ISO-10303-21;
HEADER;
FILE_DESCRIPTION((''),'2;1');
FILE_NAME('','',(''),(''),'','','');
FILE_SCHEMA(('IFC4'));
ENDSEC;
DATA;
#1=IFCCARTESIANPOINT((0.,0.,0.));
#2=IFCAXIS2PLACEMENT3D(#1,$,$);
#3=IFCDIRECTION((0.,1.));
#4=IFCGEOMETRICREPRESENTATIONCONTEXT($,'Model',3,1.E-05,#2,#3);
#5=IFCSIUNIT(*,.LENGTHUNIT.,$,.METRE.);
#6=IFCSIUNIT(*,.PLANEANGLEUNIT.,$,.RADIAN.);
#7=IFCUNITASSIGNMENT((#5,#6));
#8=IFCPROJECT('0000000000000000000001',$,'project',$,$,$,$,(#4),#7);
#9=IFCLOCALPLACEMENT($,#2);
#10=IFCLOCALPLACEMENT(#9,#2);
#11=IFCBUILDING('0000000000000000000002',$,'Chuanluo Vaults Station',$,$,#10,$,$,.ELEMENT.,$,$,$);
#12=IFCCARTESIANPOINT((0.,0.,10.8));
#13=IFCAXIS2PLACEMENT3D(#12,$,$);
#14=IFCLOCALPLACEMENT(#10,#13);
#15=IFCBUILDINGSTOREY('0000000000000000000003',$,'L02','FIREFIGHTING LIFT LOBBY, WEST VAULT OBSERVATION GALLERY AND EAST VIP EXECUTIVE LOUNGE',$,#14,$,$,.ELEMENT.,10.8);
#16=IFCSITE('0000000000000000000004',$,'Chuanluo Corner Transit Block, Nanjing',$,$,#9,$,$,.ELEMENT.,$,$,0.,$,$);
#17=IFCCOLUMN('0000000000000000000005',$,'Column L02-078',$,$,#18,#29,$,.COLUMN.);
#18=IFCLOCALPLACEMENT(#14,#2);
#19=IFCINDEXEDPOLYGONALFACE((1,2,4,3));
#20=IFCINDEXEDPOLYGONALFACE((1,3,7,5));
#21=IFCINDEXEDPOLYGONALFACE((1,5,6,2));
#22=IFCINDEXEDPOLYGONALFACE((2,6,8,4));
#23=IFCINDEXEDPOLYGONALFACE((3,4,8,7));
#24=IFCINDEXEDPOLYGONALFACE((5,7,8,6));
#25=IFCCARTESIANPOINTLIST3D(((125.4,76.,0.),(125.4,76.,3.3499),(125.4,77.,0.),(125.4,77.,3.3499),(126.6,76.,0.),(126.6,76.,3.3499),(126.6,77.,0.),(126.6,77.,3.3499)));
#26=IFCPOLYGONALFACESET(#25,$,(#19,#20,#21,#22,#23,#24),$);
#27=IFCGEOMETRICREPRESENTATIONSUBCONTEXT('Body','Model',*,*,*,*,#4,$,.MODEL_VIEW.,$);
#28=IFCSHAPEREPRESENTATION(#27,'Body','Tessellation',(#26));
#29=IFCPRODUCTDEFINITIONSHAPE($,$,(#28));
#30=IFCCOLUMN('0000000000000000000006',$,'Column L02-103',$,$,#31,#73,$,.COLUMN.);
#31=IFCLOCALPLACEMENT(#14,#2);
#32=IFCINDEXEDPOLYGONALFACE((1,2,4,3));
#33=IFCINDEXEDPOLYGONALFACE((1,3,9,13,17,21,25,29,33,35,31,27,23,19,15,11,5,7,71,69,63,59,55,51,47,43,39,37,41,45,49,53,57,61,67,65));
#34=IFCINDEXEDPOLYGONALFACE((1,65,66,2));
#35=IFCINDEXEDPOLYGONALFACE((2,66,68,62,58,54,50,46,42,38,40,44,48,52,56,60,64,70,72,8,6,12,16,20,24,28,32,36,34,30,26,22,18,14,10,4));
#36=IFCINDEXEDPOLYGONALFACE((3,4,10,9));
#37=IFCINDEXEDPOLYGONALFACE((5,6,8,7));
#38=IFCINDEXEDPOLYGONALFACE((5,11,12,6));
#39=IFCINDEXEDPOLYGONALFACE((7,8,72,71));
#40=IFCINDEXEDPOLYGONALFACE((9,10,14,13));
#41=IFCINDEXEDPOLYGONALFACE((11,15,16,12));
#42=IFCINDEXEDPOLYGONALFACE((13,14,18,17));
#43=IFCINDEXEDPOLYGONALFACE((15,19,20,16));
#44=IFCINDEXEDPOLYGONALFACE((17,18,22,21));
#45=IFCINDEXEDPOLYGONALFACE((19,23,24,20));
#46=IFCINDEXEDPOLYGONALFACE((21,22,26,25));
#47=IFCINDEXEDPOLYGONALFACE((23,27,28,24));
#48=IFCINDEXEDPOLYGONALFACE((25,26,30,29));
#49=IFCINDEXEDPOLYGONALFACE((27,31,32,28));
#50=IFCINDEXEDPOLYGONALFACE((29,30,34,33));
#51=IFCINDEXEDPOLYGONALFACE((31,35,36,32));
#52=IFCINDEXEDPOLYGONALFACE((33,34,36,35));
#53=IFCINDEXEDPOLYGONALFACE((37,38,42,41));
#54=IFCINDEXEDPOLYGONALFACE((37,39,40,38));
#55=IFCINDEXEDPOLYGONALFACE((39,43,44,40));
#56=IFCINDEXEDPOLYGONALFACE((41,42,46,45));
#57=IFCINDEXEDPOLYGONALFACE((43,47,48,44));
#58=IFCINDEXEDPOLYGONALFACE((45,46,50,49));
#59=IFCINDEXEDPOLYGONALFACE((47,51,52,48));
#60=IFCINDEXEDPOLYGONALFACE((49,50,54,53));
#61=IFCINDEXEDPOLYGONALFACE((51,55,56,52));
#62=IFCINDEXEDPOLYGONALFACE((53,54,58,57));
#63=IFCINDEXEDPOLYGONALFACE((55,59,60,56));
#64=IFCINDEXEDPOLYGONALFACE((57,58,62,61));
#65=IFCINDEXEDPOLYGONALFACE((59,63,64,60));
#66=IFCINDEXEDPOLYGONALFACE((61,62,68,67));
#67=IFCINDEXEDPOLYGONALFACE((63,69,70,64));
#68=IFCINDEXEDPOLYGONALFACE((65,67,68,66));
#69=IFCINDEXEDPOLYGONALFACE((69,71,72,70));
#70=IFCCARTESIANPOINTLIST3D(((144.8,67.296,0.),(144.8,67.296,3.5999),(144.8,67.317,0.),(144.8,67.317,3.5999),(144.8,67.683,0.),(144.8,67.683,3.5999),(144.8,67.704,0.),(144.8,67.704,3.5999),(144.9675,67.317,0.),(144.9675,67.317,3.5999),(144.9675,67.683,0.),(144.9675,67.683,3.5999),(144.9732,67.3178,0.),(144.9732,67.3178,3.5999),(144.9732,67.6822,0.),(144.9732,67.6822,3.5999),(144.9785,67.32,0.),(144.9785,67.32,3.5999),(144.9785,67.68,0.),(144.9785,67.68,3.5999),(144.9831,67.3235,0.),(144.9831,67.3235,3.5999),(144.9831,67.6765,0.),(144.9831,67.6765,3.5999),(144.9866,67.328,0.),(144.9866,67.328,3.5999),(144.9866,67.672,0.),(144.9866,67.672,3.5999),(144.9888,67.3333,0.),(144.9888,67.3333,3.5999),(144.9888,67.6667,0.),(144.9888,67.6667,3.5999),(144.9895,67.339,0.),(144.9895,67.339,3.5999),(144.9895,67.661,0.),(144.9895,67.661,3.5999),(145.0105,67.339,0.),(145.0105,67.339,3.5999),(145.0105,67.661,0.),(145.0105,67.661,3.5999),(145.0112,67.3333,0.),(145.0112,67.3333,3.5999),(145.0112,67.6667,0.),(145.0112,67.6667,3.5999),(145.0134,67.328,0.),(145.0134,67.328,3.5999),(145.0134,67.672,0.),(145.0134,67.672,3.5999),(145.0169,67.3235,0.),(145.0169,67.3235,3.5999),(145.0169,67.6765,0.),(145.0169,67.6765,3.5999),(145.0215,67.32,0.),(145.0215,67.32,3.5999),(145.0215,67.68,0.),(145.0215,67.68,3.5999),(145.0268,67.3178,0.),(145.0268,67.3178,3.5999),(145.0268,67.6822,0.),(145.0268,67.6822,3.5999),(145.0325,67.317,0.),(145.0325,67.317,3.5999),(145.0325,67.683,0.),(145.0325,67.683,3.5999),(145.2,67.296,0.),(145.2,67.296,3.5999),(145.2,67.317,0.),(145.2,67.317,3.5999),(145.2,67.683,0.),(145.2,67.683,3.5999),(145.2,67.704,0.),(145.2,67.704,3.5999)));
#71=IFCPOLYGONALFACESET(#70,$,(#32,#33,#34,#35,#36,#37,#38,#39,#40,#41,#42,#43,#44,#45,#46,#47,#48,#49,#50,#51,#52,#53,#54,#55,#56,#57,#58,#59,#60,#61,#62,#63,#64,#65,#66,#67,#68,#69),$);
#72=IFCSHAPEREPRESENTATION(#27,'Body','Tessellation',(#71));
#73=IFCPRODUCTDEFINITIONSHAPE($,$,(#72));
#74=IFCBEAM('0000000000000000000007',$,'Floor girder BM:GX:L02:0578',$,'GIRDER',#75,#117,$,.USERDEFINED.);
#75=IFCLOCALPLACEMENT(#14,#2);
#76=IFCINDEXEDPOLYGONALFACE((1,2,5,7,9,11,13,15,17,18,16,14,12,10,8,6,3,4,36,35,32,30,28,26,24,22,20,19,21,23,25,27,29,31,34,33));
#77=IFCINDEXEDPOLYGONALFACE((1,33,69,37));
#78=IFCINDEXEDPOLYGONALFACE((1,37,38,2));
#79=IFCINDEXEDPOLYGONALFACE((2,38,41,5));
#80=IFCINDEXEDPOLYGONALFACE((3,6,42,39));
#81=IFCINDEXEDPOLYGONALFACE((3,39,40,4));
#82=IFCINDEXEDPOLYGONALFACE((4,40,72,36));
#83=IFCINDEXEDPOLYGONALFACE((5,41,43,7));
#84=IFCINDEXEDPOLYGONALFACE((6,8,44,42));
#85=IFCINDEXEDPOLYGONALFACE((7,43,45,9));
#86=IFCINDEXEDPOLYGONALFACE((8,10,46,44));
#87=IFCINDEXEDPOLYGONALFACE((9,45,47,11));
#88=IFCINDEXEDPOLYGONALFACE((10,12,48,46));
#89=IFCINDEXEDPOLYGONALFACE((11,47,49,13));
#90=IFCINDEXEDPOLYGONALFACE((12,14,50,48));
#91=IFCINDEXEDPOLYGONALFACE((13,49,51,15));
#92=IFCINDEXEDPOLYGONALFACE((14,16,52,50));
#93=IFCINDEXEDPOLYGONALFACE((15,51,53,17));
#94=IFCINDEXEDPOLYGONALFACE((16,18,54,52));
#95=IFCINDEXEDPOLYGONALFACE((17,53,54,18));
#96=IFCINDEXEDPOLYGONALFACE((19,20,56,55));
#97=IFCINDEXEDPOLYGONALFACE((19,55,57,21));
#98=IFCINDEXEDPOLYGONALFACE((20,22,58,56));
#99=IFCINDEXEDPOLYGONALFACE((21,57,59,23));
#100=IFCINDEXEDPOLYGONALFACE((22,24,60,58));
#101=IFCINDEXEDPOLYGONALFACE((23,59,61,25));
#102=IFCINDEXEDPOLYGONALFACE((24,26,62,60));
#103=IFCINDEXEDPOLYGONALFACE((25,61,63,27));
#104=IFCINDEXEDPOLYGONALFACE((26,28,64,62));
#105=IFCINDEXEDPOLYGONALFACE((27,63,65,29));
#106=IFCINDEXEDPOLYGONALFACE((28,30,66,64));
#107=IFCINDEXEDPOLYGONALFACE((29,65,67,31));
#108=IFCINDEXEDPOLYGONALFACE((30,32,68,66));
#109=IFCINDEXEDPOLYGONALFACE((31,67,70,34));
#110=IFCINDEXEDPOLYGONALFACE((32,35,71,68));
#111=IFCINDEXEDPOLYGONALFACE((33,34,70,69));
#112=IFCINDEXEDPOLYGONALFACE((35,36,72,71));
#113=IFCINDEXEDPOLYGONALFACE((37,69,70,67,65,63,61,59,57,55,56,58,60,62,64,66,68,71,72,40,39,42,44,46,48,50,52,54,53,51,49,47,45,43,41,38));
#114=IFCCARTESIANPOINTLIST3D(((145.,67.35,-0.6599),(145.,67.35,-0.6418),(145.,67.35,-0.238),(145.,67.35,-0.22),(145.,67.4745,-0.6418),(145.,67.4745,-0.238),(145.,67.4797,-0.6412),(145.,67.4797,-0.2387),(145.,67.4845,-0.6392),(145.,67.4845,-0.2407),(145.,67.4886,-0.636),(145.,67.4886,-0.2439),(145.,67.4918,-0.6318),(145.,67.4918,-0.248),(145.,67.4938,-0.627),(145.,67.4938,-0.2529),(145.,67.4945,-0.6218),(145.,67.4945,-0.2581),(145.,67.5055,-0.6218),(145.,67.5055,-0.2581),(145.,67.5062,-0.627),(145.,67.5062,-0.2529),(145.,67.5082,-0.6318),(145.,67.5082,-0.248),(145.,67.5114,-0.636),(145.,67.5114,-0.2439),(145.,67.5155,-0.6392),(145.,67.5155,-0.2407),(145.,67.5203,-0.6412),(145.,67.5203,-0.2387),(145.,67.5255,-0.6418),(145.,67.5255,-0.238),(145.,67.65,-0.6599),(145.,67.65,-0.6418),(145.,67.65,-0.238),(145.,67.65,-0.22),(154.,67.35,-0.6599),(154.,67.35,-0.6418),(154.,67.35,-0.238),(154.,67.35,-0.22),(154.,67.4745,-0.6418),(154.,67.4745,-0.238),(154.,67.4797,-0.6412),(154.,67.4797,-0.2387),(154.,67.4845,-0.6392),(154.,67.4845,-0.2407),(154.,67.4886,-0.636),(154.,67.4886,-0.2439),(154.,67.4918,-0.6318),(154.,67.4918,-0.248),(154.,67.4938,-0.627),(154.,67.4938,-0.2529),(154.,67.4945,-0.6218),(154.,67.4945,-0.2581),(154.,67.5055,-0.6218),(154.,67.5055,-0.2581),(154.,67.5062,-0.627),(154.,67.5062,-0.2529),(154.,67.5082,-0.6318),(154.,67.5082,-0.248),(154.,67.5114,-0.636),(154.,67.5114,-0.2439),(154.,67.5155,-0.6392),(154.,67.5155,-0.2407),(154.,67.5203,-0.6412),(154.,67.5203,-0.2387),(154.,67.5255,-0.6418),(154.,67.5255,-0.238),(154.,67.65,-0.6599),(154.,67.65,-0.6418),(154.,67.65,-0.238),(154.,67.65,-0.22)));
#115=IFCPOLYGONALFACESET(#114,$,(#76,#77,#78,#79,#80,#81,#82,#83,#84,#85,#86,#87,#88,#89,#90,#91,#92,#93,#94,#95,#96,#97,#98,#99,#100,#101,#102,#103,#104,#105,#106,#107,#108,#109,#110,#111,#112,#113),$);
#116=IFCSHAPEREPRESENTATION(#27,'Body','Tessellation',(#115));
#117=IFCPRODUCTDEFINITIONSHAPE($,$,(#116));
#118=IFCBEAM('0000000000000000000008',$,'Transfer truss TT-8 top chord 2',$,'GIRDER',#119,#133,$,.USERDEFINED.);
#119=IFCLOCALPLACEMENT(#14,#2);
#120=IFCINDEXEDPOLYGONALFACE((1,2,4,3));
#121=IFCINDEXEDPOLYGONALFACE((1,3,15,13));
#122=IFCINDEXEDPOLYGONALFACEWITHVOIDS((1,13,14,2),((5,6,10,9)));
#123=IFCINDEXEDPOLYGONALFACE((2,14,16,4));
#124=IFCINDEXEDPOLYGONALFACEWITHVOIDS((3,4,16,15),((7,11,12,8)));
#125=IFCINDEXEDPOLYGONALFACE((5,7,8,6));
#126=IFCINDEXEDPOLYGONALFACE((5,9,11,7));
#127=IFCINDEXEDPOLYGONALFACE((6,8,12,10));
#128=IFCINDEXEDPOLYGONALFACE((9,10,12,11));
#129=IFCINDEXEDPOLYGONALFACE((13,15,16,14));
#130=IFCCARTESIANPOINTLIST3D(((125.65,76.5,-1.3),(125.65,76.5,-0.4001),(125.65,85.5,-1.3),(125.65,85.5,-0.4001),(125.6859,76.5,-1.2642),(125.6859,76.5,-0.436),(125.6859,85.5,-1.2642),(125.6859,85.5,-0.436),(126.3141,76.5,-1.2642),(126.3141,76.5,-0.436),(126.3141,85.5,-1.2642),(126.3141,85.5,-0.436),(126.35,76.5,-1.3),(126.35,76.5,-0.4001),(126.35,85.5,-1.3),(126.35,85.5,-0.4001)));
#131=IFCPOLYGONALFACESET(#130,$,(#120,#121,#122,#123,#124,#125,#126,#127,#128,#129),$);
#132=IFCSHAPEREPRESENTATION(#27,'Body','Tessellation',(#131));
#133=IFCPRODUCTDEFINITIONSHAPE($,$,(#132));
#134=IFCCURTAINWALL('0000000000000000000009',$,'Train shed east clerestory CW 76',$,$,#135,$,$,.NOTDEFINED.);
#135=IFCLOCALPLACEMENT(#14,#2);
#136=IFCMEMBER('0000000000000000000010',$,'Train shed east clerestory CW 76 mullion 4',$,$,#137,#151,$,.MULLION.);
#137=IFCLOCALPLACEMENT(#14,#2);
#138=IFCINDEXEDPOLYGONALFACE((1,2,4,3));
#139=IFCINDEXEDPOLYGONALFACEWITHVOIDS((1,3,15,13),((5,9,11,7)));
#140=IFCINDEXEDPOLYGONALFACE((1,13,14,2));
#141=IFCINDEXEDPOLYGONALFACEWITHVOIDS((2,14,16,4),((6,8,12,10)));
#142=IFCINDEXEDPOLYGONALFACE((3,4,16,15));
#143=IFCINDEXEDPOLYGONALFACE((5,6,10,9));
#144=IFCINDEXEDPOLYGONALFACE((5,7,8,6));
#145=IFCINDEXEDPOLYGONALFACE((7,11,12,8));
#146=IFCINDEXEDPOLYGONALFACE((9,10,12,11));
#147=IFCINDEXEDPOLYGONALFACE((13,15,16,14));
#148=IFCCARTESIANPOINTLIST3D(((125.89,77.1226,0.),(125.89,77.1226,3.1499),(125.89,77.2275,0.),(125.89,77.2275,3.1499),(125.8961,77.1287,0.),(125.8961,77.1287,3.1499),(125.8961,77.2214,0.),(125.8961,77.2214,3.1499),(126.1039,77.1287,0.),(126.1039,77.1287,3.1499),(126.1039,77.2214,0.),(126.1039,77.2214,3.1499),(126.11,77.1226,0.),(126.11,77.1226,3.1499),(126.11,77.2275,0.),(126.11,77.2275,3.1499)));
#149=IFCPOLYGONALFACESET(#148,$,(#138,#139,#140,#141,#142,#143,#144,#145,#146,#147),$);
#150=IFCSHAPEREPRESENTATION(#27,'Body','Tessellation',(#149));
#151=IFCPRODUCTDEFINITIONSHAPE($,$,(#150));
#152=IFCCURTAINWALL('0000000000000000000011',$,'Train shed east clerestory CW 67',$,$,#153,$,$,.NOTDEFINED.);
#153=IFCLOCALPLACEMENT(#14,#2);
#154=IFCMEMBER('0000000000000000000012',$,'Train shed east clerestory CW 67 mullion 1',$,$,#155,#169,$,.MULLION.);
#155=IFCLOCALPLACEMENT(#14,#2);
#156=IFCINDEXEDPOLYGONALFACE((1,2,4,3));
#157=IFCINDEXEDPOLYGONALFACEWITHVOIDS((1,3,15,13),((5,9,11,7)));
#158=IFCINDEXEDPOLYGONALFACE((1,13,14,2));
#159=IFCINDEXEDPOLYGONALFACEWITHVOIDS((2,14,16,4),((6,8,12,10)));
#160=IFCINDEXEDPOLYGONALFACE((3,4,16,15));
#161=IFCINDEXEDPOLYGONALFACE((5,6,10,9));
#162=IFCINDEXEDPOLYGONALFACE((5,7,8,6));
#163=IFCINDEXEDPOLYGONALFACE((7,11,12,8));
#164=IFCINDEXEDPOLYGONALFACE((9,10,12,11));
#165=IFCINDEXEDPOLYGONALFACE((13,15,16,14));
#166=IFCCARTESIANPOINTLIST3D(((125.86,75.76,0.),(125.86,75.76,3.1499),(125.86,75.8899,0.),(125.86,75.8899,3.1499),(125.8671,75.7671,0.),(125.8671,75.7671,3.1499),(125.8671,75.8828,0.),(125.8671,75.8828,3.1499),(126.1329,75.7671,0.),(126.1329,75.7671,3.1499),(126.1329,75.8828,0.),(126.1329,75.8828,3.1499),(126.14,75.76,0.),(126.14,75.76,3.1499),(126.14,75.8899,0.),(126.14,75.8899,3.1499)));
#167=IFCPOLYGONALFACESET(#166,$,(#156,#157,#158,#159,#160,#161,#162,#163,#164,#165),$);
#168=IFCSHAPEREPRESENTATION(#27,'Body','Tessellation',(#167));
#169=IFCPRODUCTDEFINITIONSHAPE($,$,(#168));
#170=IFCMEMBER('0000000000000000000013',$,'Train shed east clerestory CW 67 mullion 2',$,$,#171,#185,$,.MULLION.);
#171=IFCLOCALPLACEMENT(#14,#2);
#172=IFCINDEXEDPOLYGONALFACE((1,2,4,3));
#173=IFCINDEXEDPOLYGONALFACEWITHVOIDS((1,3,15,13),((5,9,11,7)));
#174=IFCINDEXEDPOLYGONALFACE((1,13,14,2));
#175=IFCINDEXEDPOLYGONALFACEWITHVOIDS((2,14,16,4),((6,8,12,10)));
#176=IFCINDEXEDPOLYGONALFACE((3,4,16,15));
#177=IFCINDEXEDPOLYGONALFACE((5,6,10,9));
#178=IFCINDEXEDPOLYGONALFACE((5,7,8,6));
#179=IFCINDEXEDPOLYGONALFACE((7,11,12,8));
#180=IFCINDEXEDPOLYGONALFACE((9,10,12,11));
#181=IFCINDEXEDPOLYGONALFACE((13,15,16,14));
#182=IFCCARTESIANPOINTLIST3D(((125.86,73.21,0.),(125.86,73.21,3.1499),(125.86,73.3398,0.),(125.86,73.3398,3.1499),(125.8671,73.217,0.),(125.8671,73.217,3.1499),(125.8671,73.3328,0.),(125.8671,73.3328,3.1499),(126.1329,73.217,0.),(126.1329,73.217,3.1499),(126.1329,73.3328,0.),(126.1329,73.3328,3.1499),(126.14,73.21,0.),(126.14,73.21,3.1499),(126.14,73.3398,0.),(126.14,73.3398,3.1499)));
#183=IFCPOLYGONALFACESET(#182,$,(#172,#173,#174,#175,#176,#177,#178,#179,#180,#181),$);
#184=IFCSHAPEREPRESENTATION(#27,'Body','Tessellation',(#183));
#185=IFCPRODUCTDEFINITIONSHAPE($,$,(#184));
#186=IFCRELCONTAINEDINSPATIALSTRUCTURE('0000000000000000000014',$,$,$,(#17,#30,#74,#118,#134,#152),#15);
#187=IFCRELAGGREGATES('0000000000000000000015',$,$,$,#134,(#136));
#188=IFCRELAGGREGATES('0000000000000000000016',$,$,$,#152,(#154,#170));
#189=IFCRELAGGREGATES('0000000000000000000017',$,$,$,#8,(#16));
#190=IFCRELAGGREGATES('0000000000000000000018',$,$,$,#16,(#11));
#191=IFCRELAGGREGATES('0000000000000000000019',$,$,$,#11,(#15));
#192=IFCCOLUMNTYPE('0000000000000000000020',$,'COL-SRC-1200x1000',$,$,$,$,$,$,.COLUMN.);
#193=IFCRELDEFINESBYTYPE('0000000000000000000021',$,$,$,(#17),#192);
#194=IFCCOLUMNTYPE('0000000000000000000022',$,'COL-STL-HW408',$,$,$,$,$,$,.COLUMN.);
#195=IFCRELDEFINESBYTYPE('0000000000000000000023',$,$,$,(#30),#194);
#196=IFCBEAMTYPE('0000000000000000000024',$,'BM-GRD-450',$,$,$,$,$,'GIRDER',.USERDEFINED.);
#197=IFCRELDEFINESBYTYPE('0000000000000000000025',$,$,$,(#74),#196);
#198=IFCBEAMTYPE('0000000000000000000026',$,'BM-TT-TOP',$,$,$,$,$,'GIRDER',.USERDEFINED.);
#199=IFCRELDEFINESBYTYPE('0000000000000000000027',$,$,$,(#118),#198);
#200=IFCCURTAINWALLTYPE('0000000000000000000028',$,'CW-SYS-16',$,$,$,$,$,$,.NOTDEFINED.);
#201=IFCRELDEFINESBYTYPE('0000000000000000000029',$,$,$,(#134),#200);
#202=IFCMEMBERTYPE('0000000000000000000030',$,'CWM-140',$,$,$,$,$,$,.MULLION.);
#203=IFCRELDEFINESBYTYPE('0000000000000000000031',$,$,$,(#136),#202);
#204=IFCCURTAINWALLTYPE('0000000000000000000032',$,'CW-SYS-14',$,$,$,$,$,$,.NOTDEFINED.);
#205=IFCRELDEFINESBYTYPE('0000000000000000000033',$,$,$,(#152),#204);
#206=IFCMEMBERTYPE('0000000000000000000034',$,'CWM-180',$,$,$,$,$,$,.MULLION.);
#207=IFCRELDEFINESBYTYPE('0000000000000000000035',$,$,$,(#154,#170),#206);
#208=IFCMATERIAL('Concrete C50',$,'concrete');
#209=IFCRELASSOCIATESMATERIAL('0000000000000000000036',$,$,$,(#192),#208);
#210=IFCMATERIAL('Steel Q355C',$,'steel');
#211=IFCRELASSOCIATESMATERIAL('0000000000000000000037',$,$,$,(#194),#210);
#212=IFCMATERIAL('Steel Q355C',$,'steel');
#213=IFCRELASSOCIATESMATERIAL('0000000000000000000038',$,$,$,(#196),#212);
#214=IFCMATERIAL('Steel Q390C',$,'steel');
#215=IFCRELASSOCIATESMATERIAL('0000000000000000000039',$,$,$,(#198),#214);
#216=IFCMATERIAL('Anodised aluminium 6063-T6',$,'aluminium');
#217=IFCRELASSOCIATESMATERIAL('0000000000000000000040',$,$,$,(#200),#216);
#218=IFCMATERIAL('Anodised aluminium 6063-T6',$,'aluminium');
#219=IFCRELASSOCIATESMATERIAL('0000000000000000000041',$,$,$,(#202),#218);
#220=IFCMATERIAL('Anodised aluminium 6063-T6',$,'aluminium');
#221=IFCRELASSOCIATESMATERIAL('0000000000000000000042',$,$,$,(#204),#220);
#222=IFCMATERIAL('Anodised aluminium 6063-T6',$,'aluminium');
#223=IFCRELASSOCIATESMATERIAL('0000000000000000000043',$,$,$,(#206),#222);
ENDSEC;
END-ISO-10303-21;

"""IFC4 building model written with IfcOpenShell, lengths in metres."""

from ifc_helpers import new_model, si_unit, direction, frame, origin, origin_2d, place, context, subcontext, project, spatial, rectangle, hollow_rectangle, i_section, extrude, material, material_profile, profile_set, type_object, element, aggregate, save


model = new_model("IFC4")

# Units and contexts
model_context = context("Model", 3, precision=1e-05, world=origin(), true_north=direction((0.0, 1.0)))
body_context = subcontext(model_context, "Body", "Model", "MODEL_VIEW")
ifc_project = project(units=[si_unit("LENGTHUNIT", "METRE"), si_unit("PLANEANGLEUNIT", "RADIAN")], contexts=[model_context])

# Site, building, storey
site_placement = place(None, origin())
site = spatial("IfcSite", under=ifc_project, at=site_placement, Name="Chuanluo Corner Transit Block, Nanjing", CompositionType="ELEMENT", RefElevation=0.0)
building_placement = place(site_placement, origin())
building = spatial("IfcBuilding", under=site, at=building_placement, Name="Chuanluo Vaults Station", CompositionType="ELEMENT")
storey_placement = place(building_placement, frame((0.0, 0.0, 10.8)))
storey = spatial("IfcBuildingStorey", under=building, at=storey_placement, Name="L02", Description="FIREFIGHTING LIFT LOBBY, WEST VAULT OBSERVATION GALLERY AND EAST VIP EXECUTIVE LOUNGE", CompositionType="ELEMENT", Elevation=10.8)

# Columns
ifc_material_1 = material(Name="Concrete C50", Category="concrete")
ifc_material_profile_1 = material_profile(ifc_material_1, rectangle(XDim=1.2, YDim=1.0, at=origin_2d()))
ifc_profile_set_1 = profile_set([ifc_material_profile_1], Name="Concrete C50")
column_type_1 = type_object("IfcColumnType", Name="COL-SRC-1200x1000", PredefinedType="COLUMN", material=ifc_profile_set_1)
column_1_placement = place(storey_placement, frame((126.0, 76.5, 0.0), z_axis=(0.0, 0.0, 1.0), x_axis=(1.0, 0.0, 0.0)))
element("IfcColumn", 1, at=column_1_placement, inside=storey, type_object=column_type_1, Name="Column L02-078", PredefinedType="COLUMN", context=body_context, shape_type="SweptSolid", body=[
    extrude(rectangle(XDim=1.2, YDim=1.0, at=origin_2d()), origin(), (0.0, 0.0, 1.0), 3.3499),
])
ifc_material_2 = material(Name="Steel Q355C", Category="steel")
ifc_material_profile_2 = material_profile(ifc_material_2, i_section(OverallWidth=0.3999, OverallDepth=0.408, WebThickness=0.021, FlangeThickness=0.021, FilletRadius=0.022, at=origin_2d()))
ifc_profile_set_2 = profile_set([ifc_material_profile_2], Name="Steel Q355C")
column_type_2 = type_object("IfcColumnType", Name="COL-STL-HW408", PredefinedType="COLUMN", material=ifc_profile_set_2)
column_2_placement = place(storey_placement, frame((145.0, 67.5, 0.0), z_axis=(0.0, 0.0, 1.0), x_axis=(1.0, 0.0, 0.0)))
element("IfcColumn", 2, at=column_2_placement, inside=storey, type_object=column_type_2, Name="Column L02-103", PredefinedType="COLUMN", context=body_context, shape_type="SweptSolid", body=[
    extrude(i_section(OverallWidth=0.3999, OverallDepth=0.408, WebThickness=0.021, FlangeThickness=0.021, FilletRadius=0.022, at=origin_2d()), origin(), (0.0, 0.0, 1.0), 3.5999),
])

# Beams
ifc_material_3 = material(Name="Steel Q355C", Category="steel")
ifc_material_profile_3 = material_profile(ifc_material_3, i_section(OverallWidth=0.3, OverallDepth=0.4399, WebThickness=0.011, FlangeThickness=0.0181, FilletRadius=0.02, at=origin_2d()))
ifc_profile_set_3 = profile_set([ifc_material_profile_3], Name="Steel Q355C")
beam_type_1 = type_object("IfcBeamType", Name="BM-GRD-450", ElementType="GIRDER", PredefinedType="USERDEFINED", material=ifc_profile_set_3)
beam_1_placement = place(storey_placement, frame((145.0, 67.5, -0.4399), z_axis=(1.0, 0.0, 0.0), x_axis=(0.0, 1.0, 0.0)))
element("IfcBeam", 3, at=beam_1_placement, inside=storey, type_object=beam_type_1, Name="Floor girder BM:GX:L02:0578", ObjectType="GIRDER", PredefinedType="USERDEFINED", context=body_context, shape_type="SweptSolid", body=[
    extrude(i_section(OverallWidth=0.3, OverallDepth=0.4399, WebThickness=0.011, FlangeThickness=0.0181, FilletRadius=0.02, at=origin_2d()), origin(), (0.0, 0.0, 1.0), 9.0),
])
ifc_material_4 = material(Name="Steel Q390C", Category="steel")
ifc_material_profile_4 = material_profile(ifc_material_4, hollow_rectangle(XDim=0.7, YDim=0.8999, WallThickness=0.0359, at=origin_2d()))
ifc_profile_set_4 = profile_set([ifc_material_profile_4], Name="Steel Q390C")
beam_type_2 = type_object("IfcBeamType", Name="BM-TT-TOP", ElementType="GIRDER", PredefinedType="USERDEFINED", material=ifc_profile_set_4)
beam_2_placement = place(storey_placement, frame((126.0, 76.5, -0.8501), z_axis=(0.0, 1.0, 0.0), x_axis=(-1.0, 0.0, 0.0)))
element("IfcBeam", 4, at=beam_2_placement, inside=storey, type_object=beam_type_2, Name="Transfer truss TT-8 top chord 2", ObjectType="GIRDER", PredefinedType="USERDEFINED", context=body_context, shape_type="SweptSolid", body=[
    extrude(hollow_rectangle(XDim=0.7, YDim=0.8999, WallThickness=0.0359, at=origin_2d()), origin(), (0.0, 0.0, 1.0), 9.0),
])

# Curtain wall, member
ifc_material_5 = material(Name="Anodised aluminium 6063-T6", Category="aluminium")
curtain_wall_type_1 = type_object("IfcCurtainWallType", Name="CW-SYS-16", PredefinedType="NOTDEFINED", material=ifc_material_5)
curtain_wall_1_placement = place(storey_placement, origin())
curtain_wall_1 = element("IfcCurtainWall", 5, at=curtain_wall_1_placement, inside=storey, type_object=curtain_wall_type_1, Name="Train shed east clerestory CW 76", PredefinedType="NOTDEFINED")
ifc_material_6 = material(Name="Anodised aluminium 6063-T6", Category="aluminium")
ifc_material_profile_5 = material_profile(ifc_material_6, hollow_rectangle(XDim=0.105, YDim=0.22, WallThickness=0.0061, at=origin_2d()))
ifc_profile_set_5 = profile_set([ifc_material_profile_5], Name="Anodised aluminium 6063-T6")
member_type_1 = type_object("IfcMemberType", Name="CWM-140", PredefinedType="MULLION", material=ifc_profile_set_5)
member_1_placement = place(storey_placement, frame((126.0, 77.175, 0.0), z_axis=(0.0, 0.0, 1.0), x_axis=(0.0, -1.0, 0.0)))
member_1 = element("IfcMember", 6, at=member_1_placement, type_object=member_type_1, Name="Train shed east clerestory CW 76 mullion 4", PredefinedType="MULLION", context=body_context, shape_type="SweptSolid", body=[
    extrude(hollow_rectangle(XDim=0.105, YDim=0.22, WallThickness=0.0061, at=origin_2d()), origin(), (0.0, 0.0, 1.0), 3.1499),
])

# Curtain wall, members
ifc_material_7 = material(Name="Anodised aluminium 6063-T6", Category="aluminium")
curtain_wall_type_2 = type_object("IfcCurtainWallType", Name="CW-SYS-14", PredefinedType="NOTDEFINED", material=ifc_material_7)
curtain_wall_2_placement = place(storey_placement, origin())
curtain_wall_2 = element("IfcCurtainWall", 7, at=curtain_wall_2_placement, inside=storey, type_object=curtain_wall_type_2, Name="Train shed east clerestory CW 67", PredefinedType="NOTDEFINED")
ifc_material_8 = material(Name="Anodised aluminium 6063-T6", Category="aluminium")
ifc_material_profile_6 = material_profile(ifc_material_8, hollow_rectangle(XDim=0.1299, YDim=0.28, WallThickness=0.0071, at=origin_2d()))
ifc_profile_set_6 = profile_set([ifc_material_profile_6], Name="Anodised aluminium 6063-T6")
member_type_2 = type_object("IfcMemberType", Name="CWM-180", PredefinedType="MULLION", material=ifc_profile_set_6)
member_2_placement = place(storey_placement, frame((126.0, 75.825, 0.0), z_axis=(0.0, 0.0, 1.0), x_axis=(0.0, -1.0, 0.0)))
member_2 = element("IfcMember", 8, at=member_2_placement, type_object=member_type_2, Name="Train shed east clerestory CW 67 mullion 1", PredefinedType="MULLION", context=body_context, shape_type="SweptSolid", body=[
    extrude(hollow_rectangle(XDim=0.1299, YDim=0.28, WallThickness=0.0071, at=origin_2d()), origin(), (0.0, 0.0, 1.0), 3.1499),
])
member_3_placement = place(storey_placement, frame((126.0, 73.2749, 0.0), z_axis=(0.0, 0.0, 1.0), x_axis=(0.0, -1.0, 0.0)))
member_3 = element("IfcMember", 9, at=member_3_placement, type_object=member_type_2, Name="Train shed east clerestory CW 67 mullion 2", PredefinedType="MULLION", context=body_context, shape_type="SweptSolid", body=[
    extrude(hollow_rectangle(XDim=0.1299, YDim=0.28, WallThickness=0.0071, at=origin_2d()), origin(), (0.0, 0.0, 1.0), 3.1499),
])

aggregate(curtain_wall_1, [member_1])
aggregate(curtain_wall_2, [member_2, member_3])

save(model, "model.ifc")
